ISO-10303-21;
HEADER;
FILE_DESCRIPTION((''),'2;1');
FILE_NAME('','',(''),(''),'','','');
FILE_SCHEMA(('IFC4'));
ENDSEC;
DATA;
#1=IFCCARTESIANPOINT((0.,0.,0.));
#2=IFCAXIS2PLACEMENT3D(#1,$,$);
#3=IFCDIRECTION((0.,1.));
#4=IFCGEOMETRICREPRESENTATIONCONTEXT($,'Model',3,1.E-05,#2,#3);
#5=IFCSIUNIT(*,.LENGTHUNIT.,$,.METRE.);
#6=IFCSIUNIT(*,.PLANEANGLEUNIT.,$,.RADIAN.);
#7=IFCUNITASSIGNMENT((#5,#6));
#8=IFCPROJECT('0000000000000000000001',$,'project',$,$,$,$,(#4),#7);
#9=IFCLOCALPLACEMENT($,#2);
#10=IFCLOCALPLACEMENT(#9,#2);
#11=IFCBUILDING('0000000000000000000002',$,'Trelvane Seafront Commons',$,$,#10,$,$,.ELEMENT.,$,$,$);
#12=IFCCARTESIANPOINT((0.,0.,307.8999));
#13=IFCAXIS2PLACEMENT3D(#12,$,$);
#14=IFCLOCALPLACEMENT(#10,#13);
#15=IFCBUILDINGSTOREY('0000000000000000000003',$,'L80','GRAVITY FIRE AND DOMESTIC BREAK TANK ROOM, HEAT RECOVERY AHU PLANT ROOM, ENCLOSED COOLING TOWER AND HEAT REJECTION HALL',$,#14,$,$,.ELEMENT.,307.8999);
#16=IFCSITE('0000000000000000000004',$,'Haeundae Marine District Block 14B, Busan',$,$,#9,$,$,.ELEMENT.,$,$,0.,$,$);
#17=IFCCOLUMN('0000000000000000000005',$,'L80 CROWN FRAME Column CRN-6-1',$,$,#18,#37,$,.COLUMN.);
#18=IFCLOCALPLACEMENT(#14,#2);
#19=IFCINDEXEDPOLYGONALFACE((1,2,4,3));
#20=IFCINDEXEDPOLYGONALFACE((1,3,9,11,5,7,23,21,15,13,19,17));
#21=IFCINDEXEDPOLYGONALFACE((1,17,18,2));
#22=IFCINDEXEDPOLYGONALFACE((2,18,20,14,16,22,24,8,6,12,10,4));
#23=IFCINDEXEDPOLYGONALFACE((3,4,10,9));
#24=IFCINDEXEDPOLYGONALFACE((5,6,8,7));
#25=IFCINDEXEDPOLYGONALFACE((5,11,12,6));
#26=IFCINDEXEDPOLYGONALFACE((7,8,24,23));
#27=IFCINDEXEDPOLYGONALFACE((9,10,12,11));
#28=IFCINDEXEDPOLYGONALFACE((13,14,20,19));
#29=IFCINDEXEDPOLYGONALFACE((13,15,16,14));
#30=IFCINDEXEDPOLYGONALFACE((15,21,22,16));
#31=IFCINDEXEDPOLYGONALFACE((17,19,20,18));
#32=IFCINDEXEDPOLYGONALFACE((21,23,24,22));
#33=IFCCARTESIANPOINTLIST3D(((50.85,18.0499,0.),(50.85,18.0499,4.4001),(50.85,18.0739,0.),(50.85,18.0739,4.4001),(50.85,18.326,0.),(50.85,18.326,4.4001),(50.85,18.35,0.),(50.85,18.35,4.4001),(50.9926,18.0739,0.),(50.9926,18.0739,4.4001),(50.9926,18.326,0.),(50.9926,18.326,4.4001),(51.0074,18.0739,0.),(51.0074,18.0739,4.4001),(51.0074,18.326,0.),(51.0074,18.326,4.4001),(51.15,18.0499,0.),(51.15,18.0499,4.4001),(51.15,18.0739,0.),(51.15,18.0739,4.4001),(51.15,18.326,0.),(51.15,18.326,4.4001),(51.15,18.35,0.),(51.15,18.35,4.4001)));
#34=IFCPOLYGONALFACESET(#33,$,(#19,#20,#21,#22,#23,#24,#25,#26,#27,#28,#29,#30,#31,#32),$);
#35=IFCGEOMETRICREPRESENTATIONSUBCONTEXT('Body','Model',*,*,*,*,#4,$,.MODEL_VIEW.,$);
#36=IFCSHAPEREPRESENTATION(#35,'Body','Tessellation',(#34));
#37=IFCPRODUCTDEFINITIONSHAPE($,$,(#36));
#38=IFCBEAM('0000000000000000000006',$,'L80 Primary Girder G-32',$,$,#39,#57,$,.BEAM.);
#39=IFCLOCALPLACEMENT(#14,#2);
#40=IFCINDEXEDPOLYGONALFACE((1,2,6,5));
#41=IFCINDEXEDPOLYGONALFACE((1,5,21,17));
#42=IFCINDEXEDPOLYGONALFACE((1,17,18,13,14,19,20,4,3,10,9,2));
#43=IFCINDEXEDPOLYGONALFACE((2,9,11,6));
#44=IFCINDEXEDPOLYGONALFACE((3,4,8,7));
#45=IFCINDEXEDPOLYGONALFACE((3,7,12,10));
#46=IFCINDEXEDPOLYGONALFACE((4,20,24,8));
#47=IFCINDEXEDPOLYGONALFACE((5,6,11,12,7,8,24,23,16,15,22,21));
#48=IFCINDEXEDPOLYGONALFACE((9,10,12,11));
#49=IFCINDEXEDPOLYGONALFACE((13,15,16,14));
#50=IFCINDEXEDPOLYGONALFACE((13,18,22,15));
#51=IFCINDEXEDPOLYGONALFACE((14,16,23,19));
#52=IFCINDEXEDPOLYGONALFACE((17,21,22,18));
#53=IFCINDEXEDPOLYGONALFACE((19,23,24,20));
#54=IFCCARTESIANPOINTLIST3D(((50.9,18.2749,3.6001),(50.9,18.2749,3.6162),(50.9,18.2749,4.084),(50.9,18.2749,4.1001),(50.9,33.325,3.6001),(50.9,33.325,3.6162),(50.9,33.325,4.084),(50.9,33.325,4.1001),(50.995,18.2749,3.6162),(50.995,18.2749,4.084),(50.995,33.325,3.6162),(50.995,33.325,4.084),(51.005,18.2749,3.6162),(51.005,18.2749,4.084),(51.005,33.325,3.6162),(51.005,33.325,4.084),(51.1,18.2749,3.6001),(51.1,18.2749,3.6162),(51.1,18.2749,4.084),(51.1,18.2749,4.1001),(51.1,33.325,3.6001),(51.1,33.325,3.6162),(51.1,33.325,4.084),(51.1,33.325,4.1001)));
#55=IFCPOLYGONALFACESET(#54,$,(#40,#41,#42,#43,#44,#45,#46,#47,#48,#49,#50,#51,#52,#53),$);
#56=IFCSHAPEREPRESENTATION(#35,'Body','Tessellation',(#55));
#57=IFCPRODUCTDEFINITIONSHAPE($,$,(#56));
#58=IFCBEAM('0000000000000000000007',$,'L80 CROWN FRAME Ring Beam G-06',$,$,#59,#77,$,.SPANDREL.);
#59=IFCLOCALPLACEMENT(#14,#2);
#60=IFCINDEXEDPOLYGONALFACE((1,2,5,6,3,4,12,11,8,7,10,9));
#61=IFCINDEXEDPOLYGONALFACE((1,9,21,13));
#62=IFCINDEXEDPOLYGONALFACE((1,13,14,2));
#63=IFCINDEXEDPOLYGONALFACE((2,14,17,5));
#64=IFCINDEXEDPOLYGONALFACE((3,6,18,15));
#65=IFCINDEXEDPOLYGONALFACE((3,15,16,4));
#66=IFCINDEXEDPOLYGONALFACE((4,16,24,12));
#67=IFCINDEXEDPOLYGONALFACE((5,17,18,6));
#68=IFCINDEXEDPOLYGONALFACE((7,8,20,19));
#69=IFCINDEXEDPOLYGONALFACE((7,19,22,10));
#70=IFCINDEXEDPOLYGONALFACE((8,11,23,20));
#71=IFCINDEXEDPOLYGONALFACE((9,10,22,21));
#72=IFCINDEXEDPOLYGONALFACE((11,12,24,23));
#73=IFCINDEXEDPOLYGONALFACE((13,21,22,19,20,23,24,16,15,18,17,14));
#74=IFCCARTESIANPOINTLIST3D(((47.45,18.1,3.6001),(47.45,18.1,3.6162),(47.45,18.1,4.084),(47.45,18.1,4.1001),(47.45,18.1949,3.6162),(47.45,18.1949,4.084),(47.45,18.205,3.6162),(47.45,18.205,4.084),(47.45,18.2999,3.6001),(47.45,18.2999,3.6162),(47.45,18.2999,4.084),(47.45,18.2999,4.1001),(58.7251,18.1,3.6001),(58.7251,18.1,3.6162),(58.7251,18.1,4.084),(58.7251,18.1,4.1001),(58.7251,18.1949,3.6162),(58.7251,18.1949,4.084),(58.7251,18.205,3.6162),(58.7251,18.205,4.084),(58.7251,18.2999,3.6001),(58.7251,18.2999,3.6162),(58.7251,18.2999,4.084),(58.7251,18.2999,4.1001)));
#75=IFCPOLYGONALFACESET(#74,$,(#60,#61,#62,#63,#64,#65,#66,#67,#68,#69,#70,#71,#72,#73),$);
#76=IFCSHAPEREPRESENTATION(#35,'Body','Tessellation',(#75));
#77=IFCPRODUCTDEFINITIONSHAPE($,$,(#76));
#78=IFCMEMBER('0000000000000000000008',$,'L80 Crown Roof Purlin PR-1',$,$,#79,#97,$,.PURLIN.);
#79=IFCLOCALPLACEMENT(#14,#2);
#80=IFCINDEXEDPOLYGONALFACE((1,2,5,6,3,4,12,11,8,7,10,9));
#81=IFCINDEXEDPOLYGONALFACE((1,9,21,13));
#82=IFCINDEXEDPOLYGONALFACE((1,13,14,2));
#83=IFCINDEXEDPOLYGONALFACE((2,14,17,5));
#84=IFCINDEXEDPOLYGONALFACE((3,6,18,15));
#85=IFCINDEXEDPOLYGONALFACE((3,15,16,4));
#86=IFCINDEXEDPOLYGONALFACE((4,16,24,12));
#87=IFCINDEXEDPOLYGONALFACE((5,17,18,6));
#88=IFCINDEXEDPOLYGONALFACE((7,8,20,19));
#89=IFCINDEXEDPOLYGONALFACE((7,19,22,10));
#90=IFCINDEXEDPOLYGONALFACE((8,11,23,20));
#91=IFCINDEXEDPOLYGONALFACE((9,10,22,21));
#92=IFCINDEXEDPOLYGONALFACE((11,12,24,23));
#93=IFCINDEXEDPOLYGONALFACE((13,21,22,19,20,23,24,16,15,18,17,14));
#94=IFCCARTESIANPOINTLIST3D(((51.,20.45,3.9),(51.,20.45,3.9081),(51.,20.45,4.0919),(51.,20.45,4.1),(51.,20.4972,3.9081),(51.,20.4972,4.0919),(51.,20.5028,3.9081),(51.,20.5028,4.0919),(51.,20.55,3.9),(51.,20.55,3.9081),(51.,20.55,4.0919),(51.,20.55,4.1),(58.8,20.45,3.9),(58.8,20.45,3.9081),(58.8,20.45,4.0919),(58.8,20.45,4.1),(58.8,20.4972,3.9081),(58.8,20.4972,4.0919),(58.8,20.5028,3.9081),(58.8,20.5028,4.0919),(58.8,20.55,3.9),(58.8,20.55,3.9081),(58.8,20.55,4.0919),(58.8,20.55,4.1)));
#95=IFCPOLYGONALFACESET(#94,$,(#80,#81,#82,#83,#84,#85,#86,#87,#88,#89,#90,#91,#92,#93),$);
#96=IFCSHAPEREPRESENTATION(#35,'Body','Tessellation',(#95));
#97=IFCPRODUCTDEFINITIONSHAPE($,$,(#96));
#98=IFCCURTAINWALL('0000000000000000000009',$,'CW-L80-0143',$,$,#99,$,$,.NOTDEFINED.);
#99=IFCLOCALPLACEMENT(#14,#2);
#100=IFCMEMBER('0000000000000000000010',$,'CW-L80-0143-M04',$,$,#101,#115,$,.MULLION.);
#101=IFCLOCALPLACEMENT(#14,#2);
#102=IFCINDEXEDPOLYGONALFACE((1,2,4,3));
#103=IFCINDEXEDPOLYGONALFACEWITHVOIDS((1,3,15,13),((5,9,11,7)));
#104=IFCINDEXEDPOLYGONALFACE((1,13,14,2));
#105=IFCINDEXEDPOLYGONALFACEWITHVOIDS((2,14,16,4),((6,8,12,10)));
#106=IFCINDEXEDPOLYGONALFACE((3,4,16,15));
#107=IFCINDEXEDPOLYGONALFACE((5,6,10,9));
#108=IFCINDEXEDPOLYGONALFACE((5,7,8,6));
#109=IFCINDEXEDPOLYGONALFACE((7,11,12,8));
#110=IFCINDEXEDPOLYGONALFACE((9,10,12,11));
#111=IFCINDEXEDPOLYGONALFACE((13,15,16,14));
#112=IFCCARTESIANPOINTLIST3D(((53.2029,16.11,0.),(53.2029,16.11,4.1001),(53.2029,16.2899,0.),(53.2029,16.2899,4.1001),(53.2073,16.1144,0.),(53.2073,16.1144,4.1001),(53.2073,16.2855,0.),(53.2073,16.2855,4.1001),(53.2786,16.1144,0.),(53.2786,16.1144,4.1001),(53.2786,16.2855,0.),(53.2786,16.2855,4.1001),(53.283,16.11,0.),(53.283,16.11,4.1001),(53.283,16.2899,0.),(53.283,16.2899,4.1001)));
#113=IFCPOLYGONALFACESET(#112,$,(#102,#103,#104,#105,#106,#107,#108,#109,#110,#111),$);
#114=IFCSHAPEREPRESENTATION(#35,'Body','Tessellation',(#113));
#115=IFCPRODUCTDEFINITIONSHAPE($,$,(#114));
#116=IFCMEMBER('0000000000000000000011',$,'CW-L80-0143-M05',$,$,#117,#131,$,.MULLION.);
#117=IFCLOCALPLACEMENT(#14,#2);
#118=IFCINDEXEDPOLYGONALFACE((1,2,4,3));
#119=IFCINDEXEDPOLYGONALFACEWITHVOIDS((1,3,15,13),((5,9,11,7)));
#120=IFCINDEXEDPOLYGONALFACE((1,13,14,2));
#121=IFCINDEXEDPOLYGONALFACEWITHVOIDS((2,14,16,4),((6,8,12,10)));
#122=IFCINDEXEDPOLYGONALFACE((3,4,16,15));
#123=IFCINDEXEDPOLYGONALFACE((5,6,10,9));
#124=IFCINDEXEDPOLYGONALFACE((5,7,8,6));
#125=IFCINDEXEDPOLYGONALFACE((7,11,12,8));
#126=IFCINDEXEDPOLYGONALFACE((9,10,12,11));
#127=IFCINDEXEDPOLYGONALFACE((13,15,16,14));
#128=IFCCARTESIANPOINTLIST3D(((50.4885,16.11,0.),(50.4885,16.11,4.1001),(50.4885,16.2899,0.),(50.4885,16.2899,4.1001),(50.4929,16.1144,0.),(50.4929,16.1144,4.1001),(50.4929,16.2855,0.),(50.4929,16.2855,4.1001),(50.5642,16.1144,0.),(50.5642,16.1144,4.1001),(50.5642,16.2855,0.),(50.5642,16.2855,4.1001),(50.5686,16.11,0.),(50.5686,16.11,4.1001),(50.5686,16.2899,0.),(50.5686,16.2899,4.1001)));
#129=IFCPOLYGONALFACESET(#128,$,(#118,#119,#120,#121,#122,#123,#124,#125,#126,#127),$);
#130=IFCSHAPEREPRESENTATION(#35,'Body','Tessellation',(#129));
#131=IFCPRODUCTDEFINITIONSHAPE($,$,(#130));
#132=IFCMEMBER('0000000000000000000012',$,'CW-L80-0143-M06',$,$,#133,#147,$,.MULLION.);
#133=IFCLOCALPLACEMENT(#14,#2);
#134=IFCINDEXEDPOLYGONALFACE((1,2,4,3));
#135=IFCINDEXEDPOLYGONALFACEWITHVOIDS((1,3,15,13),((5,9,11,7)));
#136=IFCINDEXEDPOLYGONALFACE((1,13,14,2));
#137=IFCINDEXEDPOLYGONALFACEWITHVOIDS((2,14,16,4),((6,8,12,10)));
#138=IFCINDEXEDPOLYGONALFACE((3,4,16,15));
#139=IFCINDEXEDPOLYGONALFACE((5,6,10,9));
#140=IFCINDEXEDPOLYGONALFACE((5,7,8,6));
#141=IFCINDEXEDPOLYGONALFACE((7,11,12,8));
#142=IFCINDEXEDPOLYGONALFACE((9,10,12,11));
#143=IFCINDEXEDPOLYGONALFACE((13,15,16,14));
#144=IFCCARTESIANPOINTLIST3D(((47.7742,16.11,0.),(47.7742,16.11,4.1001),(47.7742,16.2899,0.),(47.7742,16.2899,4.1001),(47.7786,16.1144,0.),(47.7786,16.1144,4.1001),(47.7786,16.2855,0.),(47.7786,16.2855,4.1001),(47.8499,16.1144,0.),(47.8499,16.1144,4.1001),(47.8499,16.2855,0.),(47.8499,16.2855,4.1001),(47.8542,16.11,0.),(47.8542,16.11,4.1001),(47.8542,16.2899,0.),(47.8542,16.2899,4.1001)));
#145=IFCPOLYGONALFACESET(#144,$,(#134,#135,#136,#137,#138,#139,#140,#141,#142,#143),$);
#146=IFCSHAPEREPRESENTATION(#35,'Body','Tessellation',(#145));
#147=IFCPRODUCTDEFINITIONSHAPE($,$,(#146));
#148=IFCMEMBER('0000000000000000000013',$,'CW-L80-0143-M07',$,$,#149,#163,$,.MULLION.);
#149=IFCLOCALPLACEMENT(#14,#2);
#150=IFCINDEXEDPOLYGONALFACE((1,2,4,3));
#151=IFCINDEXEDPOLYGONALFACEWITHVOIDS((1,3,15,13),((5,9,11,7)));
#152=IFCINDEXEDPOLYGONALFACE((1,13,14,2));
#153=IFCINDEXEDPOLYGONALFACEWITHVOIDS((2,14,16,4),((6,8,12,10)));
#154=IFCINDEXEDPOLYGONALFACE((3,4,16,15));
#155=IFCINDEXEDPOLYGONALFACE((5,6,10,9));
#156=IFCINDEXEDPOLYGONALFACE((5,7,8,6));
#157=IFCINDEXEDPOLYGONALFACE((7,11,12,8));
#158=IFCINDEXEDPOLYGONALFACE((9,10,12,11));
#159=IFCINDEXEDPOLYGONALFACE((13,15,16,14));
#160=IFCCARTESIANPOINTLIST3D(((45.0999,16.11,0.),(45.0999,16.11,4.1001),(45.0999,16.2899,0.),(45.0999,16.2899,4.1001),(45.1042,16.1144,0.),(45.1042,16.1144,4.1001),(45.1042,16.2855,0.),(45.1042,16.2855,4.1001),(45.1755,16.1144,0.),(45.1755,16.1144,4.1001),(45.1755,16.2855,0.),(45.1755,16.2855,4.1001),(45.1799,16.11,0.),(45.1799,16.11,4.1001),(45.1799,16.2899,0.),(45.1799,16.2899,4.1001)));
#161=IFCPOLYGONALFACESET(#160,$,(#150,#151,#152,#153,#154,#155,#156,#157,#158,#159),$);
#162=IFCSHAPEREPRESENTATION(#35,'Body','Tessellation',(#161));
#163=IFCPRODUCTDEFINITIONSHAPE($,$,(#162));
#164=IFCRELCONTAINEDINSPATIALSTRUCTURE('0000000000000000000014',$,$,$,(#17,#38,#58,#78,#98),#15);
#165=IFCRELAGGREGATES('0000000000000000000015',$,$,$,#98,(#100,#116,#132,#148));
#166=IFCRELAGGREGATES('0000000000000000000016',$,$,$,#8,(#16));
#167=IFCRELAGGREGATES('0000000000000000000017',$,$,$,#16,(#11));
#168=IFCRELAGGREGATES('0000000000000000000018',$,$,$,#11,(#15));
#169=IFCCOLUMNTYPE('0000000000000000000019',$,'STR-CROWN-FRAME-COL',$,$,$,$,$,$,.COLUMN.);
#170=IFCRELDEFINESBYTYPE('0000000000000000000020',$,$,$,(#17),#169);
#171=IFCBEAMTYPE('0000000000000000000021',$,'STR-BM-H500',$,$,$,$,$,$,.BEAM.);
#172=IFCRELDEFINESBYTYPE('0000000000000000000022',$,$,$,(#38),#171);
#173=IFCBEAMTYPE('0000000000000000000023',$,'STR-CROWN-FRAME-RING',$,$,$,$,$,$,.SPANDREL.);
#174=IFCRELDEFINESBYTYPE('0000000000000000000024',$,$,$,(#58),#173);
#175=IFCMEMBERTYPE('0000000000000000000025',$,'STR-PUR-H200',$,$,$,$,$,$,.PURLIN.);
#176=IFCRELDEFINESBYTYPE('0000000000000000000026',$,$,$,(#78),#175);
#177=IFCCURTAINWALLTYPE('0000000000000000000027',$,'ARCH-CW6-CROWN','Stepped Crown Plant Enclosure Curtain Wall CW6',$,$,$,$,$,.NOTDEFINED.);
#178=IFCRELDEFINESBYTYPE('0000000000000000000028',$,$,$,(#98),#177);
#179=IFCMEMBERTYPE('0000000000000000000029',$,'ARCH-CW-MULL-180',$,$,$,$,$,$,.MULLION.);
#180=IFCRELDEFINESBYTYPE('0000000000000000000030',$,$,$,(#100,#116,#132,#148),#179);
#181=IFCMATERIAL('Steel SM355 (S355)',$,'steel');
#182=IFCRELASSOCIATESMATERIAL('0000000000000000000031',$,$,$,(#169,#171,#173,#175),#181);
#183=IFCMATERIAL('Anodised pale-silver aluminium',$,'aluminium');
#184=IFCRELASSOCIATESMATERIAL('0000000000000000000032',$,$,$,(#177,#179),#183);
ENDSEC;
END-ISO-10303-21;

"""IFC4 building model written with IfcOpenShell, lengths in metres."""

from ifc_helpers import new_model, si_unit, direction, frame, origin, origin_2d, place, context, subcontext, project, spatial, hollow_rectangle, i_section, extrude, source, transform, mapped, material, material_profile, profile_set, type_object, element, aggregate, save


model = new_model("IFC4")

# Units and contexts
model_context = context("Model", 3, precision=1e-05, world=origin(), true_north=direction((0.0, 1.0)))
body_context = subcontext(model_context, "Body", "Model", "MODEL_VIEW")
ifc_project = project(units=[si_unit("LENGTHUNIT", "METRE"), si_unit("PLANEANGLEUNIT", "RADIAN")], contexts=[model_context])

# Site, building, storey
site_placement = place(None, origin())
site = spatial("IfcSite", under=ifc_project, at=site_placement, Name="Haeundae Marine District Block 14B, Busan", CompositionType="ELEMENT", RefElevation=0.0)
building_placement = place(site_placement, origin())
building = spatial("IfcBuilding", under=site, at=building_placement, Name="Trelvane Seafront Commons", CompositionType="ELEMENT")
storey_placement = place(building_placement, frame((0.0, 0.0, 307.8999)))
storey = spatial("IfcBuildingStorey", under=building, at=storey_placement, Name="L80", Description="GRAVITY FIRE AND DOMESTIC BREAK TANK ROOM, HEAT RECOVERY AHU PLANT ROOM, ENCLOSED COOLING TOWER AND HEAT REJECTION HALL", CompositionType="ELEMENT", Elevation=307.8999)

# Column
ifc_material_1 = material(Name="Steel SM355 (S355)", Category="steel")
ifc_material_profile_1 = material_profile(ifc_material_1, i_section(OverallWidth=0.3, OverallDepth=0.3, WebThickness=0.0149, FlangeThickness=0.0239, at=origin_2d()), Name="HD-300x300x15x24")
ifc_profile_set_1 = profile_set([ifc_material_profile_1], Name="Steel SM355 (S355)")
column_type = type_object("IfcColumnType", Name="STR-CROWN-FRAME-COL", PredefinedType="COLUMN", material=ifc_profile_set_1)
shared_shape_1 = source(origin(), body_context, "Body", "SweptSolid", [
    extrude(i_section(OverallWidth=0.3, OverallDepth=0.3, WebThickness=0.0149, FlangeThickness=0.0239, at=origin_2d()), origin(), (0.0, 0.0, 1.0), 4.4001),
])
column_placement = place(storey_placement, frame((51.0, 18.2, 0.0), z_axis=(0.0, 0.0, 1.0), x_axis=(1.0, 0.0, 0.0)))
element("IfcColumn", 1, at=column_placement, inside=storey, type_object=column_type, Name="L80 CROWN FRAME Column CRN-6-1", PredefinedType="COLUMN", context=body_context, shape_type="MappedRepresentation", body=[
    mapped(shared_shape_1, transform((0.0, 0.0, 0.0), x_axis=(1.0, 0.0, 0.0), y_axis=(0.0, 1.0, 0.0), z_axis=(0.0, 0.0, 1.0), scale=1.0)),
])

# Beams
ifc_material_profile_2 = material_profile(ifc_material_1, i_section(OverallWidth=0.2, OverallDepth=0.5, WebThickness=0.01, FlangeThickness=0.0161, at=origin_2d()), Name="H-500x200x10x16")
ifc_profile_set_2 = profile_set([ifc_material_profile_2], Name="Steel SM355 (S355)")
beam_type_1 = type_object("IfcBeamType", Name="STR-BM-H500", PredefinedType="BEAM", material=ifc_profile_set_2)
shared_shape_2 = source(origin(), body_context, "Body", "SweptSolid", [
    extrude(i_section(OverallWidth=0.2, OverallDepth=0.5, WebThickness=0.01, FlangeThickness=0.0161, at=origin_2d()), origin(), (0.0, 0.0, 1.0), 15.05),
])
beam_1_placement = place(storey_placement, frame((51.0, 18.2749, 3.8501), z_axis=(0.0, 1.0, 0.0), x_axis=(-1.0, 0.0, 0.0)))
element("IfcBeam", 2, at=beam_1_placement, inside=storey, type_object=beam_type_1, Name="L80 Primary Girder G-32", PredefinedType="BEAM", context=body_context, shape_type="MappedRepresentation", body=[
    mapped(shared_shape_2, transform((0.0, 0.0, 0.0), x_axis=(1.0, 0.0, 0.0), y_axis=(0.0, 1.0, 0.0), z_axis=(0.0, 0.0, 1.0), scale=1.0)),
])
ifc_material_profile_3 = material_profile(ifc_material_1, i_section(OverallWidth=0.2, OverallDepth=0.5, WebThickness=0.01, FlangeThickness=0.0161, at=origin_2d()), Name="H-500x200x10x16")
ifc_profile_set_3 = profile_set([ifc_material_profile_3], Name="Steel SM355 (S355)")
beam_type_2 = type_object("IfcBeamType", Name="STR-CROWN-FRAME-RING", PredefinedType="SPANDREL", material=ifc_profile_set_3)
shared_shape_3 = source(origin(), body_context, "Body", "SweptSolid", [
    extrude(i_section(OverallWidth=0.2, OverallDepth=0.5, WebThickness=0.01, FlangeThickness=0.0161, at=origin_2d()), origin(), (0.0, 0.0, 1.0), 11.2751),
])
beam_2_placement = place(storey_placement, frame((47.45, 18.2, 3.8501), z_axis=(1.0, 0.0, 0.0), x_axis=(0.0, 1.0, 0.0)))
element("IfcBeam", 3, at=beam_2_placement, inside=storey, type_object=beam_type_2, Name="L80 CROWN FRAME Ring Beam G-06", PredefinedType="SPANDREL", context=body_context, shape_type="MappedRepresentation", body=[
    mapped(shared_shape_3, transform((0.0, 0.0, 0.0), x_axis=(1.0, 0.0, 0.0), y_axis=(0.0, 1.0, 0.0), z_axis=(0.0, 0.0, 1.0), scale=1.0)),
])

# Member
ifc_material_profile_4 = material_profile(ifc_material_1, i_section(OverallWidth=0.1001, OverallDepth=0.2, WebThickness=0.0056, FlangeThickness=0.0081, at=origin_2d()), Name="H-200x100x5.5x8")
ifc_profile_set_4 = profile_set([ifc_material_profile_4], Name="Steel SM355 (S355)")
member_type_1 = type_object("IfcMemberType", Name="STR-PUR-H200", PredefinedType="PURLIN", material=ifc_profile_set_4)
shared_shape_4 = source(origin(), body_context, "Body", "SweptSolid", [
    extrude(i_section(OverallWidth=0.1001, OverallDepth=0.2, WebThickness=0.0056, FlangeThickness=0.0081, at=origin_2d()), origin(), (0.0, 0.0, 1.0), 7.8),
])
member_1_placement = place(storey_placement, frame((51.0, 20.5, 4.0), z_axis=(1.0, 0.0, 0.0), x_axis=(0.0, 1.0, 0.0)))
element("IfcMember", 4, at=member_1_placement, inside=storey, type_object=member_type_1, Name="L80 Crown Roof Purlin PR-1", PredefinedType="PURLIN", context=body_context, shape_type="MappedRepresentation", body=[
    mapped(shared_shape_4, transform((0.0, 0.0, 0.0), x_axis=(1.0, 0.0, 0.0), y_axis=(0.0, 1.0, 0.0), z_axis=(0.0, 0.0, 1.0), scale=1.0)),
])

# Curtain wall, members
ifc_material_2 = material(Name="Anodised pale-silver aluminium", Category="aluminium")
curtain_wall_type = type_object("IfcCurtainWallType", Name="ARCH-CW6-CROWN", Description="Stepped Crown Plant Enclosure Curtain Wall CW6", PredefinedType="NOTDEFINED", material=ifc_material_2)
curtain_wall_placement = place(storey_placement, origin())
curtain_wall = element("IfcCurtainWall", 5, at=curtain_wall_placement, inside=storey, type_object=curtain_wall_type, Name="CW-L80-0143", PredefinedType="NOTDEFINED")
ifc_material_profile_5 = material_profile(ifc_material_2, hollow_rectangle(XDim=0.0801, YDim=0.1799, WallThickness=0.0044, at=origin_2d()), Name="MULL-80x180x4.5")
ifc_profile_set_5 = profile_set([ifc_material_profile_5], Name="Anodised pale-silver aluminium")
member_type_2 = type_object("IfcMemberType", Name="ARCH-CW-MULL-180", PredefinedType="MULLION", material=ifc_profile_set_5)
shared_shape_5 = source(origin(), body_context, "Body", "SweptSolid", [
    extrude(hollow_rectangle(XDim=0.0801, YDim=0.1799, WallThickness=0.0044, at=origin_2d()), origin(), (0.0, 0.0, 1.0), 4.1001),
])
member_2_placement = place(storey_placement, frame((53.2429, 16.2, 0.0), z_axis=(0.0, 0.0, 1.0), x_axis=(1.0, 0.0, 0.0)))
member_2 = element("IfcMember", 6, at=member_2_placement, type_object=member_type_2, Name="CW-L80-0143-M04", PredefinedType="MULLION", context=body_context, shape_type="MappedRepresentation", body=[
    mapped(shared_shape_5, transform((0.0, 0.0, 0.0), x_axis=(1.0, 0.0, 0.0), y_axis=(0.0, 1.0, 0.0), z_axis=(0.0, 0.0, 1.0), scale=1.0)),
])
member_3_placement = place(storey_placement, frame((50.5286, 16.2, 0.0), z_axis=(0.0, 0.0, 1.0), x_axis=(1.0, 0.0, 0.0)))
member_3 = element("IfcMember", 7, at=member_3_placement, type_object=member_type_2, Name="CW-L80-0143-M05", PredefinedType="MULLION", context=body_context, shape_type="MappedRepresentation", body=[
    mapped(shared_shape_5, transform((0.0, 0.0, 0.0), x_axis=(1.0, 0.0, 0.0), y_axis=(0.0, 1.0, 0.0), z_axis=(0.0, 0.0, 1.0), scale=1.0)),
])
member_4_placement = place(storey_placement, frame((47.8142, 16.2, 0.0), z_axis=(0.0, 0.0, 1.0), x_axis=(1.0, 0.0, 0.0)))
member_4 = element("IfcMember", 8, at=member_4_placement, type_object=member_type_2, Name="CW-L80-0143-M06", PredefinedType="MULLION", context=body_context, shape_type="MappedRepresentation", body=[
    mapped(shared_shape_5, transform((0.0, 0.0, 0.0), x_axis=(1.0, 0.0, 0.0), y_axis=(0.0, 1.0, 0.0), z_axis=(0.0, 0.0, 1.0), scale=1.0)),
])
member_5_placement = place(storey_placement, frame((45.1399, 16.2, 0.0), z_axis=(0.0, 0.0, 1.0), x_axis=(1.0, 0.0, 0.0)))
member_5 = element("IfcMember", 9, at=member_5_placement, type_object=member_type_2, Name="CW-L80-0143-M07", PredefinedType="MULLION", context=body_context, shape_type="MappedRepresentation", body=[
    mapped(shared_shape_5, transform((0.0, 0.0, 0.0), x_axis=(1.0, 0.0, 0.0), y_axis=(0.0, 1.0, 0.0), z_axis=(0.0, 0.0, 1.0), scale=1.0)),
])
aggregate(curtain_wall, [member_2, member_3, member_4, member_5])

save(model, "model.ifc")
